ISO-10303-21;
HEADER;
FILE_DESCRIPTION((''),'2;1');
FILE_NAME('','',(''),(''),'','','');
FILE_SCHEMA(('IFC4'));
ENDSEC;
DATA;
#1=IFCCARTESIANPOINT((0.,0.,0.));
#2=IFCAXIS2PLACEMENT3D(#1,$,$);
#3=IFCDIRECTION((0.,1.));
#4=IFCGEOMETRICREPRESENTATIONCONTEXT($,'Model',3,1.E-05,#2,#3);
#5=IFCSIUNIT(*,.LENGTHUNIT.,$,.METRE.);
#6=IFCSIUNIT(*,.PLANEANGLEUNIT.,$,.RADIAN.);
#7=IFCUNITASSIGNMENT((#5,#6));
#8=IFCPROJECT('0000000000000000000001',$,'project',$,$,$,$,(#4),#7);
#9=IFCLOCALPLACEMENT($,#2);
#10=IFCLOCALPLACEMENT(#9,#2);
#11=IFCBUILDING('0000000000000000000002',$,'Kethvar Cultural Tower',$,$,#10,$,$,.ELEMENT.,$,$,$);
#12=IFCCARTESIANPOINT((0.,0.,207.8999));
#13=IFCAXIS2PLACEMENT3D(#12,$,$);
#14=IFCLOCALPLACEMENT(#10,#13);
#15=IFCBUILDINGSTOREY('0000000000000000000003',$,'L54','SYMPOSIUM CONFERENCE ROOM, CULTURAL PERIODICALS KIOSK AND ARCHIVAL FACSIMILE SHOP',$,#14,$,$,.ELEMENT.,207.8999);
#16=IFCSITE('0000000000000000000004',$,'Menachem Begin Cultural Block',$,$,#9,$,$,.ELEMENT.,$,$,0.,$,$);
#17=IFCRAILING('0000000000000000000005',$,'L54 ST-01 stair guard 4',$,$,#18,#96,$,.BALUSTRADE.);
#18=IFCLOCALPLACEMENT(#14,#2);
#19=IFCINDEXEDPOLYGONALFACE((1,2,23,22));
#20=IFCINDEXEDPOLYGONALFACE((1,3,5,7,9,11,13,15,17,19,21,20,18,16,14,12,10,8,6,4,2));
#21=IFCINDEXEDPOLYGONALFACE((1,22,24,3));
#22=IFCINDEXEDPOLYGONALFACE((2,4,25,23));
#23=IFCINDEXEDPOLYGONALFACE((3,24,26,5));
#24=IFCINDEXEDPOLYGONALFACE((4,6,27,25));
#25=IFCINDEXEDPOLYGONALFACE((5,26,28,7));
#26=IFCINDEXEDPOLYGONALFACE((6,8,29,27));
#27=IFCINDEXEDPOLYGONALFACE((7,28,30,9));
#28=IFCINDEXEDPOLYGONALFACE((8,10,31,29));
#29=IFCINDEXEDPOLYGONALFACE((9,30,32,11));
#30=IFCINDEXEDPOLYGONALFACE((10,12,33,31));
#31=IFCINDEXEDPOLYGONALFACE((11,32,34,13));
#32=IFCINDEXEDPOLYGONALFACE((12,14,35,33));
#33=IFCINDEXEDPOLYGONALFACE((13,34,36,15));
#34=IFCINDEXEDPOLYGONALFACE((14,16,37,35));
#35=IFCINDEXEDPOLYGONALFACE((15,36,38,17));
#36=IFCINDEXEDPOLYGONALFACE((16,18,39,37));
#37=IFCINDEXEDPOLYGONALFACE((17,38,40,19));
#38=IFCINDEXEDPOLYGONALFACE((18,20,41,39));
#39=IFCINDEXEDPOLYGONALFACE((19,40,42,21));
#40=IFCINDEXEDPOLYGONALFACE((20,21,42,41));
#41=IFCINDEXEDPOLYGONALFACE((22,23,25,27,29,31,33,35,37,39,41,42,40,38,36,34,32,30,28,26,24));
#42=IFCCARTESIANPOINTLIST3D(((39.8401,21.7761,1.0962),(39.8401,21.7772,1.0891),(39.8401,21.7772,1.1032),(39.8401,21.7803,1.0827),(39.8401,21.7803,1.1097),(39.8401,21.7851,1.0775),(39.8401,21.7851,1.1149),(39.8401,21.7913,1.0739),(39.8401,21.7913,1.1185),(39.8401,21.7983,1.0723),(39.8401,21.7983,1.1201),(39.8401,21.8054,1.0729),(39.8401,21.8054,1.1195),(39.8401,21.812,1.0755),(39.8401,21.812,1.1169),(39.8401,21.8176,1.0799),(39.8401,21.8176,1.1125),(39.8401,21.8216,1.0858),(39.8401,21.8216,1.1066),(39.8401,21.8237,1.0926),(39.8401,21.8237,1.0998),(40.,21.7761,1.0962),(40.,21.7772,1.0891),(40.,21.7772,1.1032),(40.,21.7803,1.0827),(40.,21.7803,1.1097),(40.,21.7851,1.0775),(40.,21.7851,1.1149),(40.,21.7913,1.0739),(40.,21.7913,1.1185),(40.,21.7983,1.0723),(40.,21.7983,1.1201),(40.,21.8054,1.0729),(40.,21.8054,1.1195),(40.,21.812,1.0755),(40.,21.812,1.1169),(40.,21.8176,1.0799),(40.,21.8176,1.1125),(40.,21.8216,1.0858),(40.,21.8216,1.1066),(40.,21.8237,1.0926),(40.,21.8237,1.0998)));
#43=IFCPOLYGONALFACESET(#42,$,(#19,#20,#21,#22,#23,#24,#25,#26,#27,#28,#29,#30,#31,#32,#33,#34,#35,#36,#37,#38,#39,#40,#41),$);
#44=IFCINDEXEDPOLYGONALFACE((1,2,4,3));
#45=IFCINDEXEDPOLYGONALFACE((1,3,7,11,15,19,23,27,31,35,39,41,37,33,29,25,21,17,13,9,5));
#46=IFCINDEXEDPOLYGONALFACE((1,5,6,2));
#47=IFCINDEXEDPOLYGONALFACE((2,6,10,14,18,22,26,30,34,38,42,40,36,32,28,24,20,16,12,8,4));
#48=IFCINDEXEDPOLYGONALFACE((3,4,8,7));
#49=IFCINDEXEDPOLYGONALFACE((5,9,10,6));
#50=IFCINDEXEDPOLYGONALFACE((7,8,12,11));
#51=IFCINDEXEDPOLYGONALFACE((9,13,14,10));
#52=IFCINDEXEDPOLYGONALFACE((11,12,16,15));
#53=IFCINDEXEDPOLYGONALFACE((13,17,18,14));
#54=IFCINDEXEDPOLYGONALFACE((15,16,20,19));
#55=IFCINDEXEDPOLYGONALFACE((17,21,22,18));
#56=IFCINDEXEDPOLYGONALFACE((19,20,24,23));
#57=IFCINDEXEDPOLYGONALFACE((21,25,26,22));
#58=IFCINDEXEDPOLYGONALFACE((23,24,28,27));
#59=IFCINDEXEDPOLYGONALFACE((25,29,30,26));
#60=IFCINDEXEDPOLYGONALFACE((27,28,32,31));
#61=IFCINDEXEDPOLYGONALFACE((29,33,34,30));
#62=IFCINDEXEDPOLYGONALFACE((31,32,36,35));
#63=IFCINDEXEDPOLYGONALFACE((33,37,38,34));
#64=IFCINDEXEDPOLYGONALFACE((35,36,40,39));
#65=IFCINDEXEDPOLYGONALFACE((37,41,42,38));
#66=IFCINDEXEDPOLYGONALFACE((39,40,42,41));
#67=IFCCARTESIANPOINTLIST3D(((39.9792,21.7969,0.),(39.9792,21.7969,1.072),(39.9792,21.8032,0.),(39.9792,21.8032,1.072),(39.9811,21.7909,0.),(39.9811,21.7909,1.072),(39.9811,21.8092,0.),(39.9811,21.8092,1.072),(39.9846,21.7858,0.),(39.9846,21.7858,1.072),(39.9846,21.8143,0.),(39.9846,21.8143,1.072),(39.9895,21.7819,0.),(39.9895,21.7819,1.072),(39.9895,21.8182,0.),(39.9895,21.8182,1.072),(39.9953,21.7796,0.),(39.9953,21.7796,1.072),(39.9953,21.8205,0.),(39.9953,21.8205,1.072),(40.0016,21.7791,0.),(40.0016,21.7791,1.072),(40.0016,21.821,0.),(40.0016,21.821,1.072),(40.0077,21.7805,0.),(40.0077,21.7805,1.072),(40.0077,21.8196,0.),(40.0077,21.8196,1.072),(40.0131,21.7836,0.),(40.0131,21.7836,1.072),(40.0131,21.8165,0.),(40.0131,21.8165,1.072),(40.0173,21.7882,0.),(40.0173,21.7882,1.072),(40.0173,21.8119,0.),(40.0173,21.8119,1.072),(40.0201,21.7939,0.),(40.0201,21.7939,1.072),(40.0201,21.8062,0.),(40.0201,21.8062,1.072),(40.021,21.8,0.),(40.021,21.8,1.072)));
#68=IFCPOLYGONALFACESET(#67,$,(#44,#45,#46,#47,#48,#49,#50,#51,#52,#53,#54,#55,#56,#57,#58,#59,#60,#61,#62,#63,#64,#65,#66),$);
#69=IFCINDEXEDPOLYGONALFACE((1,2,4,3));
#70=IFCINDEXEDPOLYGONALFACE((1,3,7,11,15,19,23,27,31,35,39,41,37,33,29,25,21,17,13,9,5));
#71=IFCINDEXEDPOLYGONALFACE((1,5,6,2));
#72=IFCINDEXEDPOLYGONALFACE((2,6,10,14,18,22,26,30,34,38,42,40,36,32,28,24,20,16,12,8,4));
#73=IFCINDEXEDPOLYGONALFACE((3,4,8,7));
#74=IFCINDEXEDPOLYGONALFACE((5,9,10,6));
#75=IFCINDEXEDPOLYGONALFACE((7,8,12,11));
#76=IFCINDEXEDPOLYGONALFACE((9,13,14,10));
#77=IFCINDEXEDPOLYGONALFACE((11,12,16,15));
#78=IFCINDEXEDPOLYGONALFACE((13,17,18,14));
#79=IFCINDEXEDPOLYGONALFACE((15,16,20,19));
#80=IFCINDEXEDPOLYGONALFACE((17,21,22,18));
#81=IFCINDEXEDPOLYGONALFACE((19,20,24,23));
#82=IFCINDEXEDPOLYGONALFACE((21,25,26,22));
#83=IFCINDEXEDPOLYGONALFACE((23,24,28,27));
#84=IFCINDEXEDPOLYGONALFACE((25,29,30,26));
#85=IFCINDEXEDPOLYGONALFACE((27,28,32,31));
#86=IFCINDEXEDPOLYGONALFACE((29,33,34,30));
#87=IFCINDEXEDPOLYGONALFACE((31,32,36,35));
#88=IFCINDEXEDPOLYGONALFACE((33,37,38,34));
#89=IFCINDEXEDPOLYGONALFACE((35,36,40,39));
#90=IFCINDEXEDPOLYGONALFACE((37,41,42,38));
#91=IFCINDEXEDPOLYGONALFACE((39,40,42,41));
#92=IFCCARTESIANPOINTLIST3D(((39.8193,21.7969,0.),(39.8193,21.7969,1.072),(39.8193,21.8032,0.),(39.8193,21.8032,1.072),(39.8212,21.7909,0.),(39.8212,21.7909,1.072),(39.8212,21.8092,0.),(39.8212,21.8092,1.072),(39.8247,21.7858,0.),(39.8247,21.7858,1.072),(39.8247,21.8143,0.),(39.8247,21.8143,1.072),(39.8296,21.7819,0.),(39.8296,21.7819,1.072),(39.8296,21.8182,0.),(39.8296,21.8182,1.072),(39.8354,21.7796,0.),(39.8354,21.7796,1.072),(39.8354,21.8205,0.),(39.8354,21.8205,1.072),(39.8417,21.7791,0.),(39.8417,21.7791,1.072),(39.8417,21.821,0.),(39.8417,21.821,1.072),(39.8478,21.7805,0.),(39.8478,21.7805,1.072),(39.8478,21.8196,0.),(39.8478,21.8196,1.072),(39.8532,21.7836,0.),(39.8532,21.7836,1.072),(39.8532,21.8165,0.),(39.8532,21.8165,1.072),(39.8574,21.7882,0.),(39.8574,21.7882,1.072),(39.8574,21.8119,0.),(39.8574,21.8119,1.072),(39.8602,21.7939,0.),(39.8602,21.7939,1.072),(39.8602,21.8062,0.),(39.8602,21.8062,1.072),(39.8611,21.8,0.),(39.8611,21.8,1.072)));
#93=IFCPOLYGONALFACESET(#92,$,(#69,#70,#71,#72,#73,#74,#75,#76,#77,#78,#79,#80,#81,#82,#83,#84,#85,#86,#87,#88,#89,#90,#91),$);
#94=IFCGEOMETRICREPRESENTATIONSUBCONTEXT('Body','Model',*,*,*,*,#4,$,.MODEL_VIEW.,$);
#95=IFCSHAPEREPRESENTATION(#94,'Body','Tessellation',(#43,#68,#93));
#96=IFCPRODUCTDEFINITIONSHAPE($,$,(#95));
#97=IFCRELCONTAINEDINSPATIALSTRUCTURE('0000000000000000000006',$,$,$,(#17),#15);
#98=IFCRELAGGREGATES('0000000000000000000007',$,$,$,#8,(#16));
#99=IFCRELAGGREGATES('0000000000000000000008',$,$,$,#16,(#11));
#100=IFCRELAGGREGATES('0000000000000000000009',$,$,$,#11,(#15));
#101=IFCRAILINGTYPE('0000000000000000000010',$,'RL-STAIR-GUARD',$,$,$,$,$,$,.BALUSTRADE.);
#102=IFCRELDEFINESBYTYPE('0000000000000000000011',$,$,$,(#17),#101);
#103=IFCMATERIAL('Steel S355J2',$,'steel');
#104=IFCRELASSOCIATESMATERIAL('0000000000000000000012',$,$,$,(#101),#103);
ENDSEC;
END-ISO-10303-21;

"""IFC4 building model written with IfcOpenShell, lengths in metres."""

from ifc_helpers import new_model, si_unit, direction, frame, origin, origin_2d, place, context, subcontext, project, spatial, circle, extrude, material, type_object, element, save


model = new_model("IFC4")

# Units and contexts
model_context = context("Model", 3, precision=1e-05, world=origin(), true_north=direction((0.0, 1.0)))
body_context = subcontext(model_context, "Body", "Model", "MODEL_VIEW")
ifc_project = project(units=[si_unit("LENGTHUNIT", "METRE"), si_unit("PLANEANGLEUNIT", "RADIAN")], contexts=[model_context])

# Site, building, storey
site_placement = place(None, origin())
site = spatial("IfcSite", under=ifc_project, at=site_placement, Name="Menachem Begin Cultural Block", CompositionType="ELEMENT", RefElevation=0.0)
building_placement = place(site_placement, origin())
building = spatial("IfcBuilding", under=site, at=building_placement, Name="Kethvar Cultural Tower", CompositionType="ELEMENT")
storey_placement = place(building_placement, frame((0.0, 0.0, 207.8999)))
storey = spatial("IfcBuildingStorey", under=building, at=storey_placement, Name="L54", Description="SYMPOSIUM CONFERENCE ROOM, CULTURAL PERIODICALS KIOSK AND ARCHIVAL FACSIMILE SHOP", CompositionType="ELEMENT", Elevation=207.8999)

# Shared definitions
ifc_material_1 = material(Name="Steel S355J2", Category="steel")

# Railing
railing_type_1 = type_object("IfcRailingType", Name="RL-STAIR-GUARD", PredefinedType="BALUSTRADE", material=ifc_material_1)
railing_1_placement = place(storey_placement, frame((40.0, 21.8, 0.0)))
element("IfcRailing", 1, at=railing_1_placement, inside=storey, type_object=railing_type_1, Name="L54 ST-01 stair guard 4", PredefinedType="BALUSTRADE", context=body_context, shape_type="SweptSolid", body=[
    extrude(circle(Radius=0.0239, at=origin_2d()), frame((0.0, 0.0, 1.0962), z_axis=(-1.0, 0.0, 0.0), x_axis=(0.0, -1.0, 0.0)), (0.0, 0.0, 1.0), 0.1599),
    extrude(circle(Radius=0.021, at=origin_2d()), origin(), (0.0, 0.0, 1.0), 1.072),
    extrude(circle(Radius=0.021, at=origin_2d()), frame((-0.1599, 0.0, 0.0)), (0.0, 0.0, 1.0), 1.072),
])

save(model, "model.ifc")
